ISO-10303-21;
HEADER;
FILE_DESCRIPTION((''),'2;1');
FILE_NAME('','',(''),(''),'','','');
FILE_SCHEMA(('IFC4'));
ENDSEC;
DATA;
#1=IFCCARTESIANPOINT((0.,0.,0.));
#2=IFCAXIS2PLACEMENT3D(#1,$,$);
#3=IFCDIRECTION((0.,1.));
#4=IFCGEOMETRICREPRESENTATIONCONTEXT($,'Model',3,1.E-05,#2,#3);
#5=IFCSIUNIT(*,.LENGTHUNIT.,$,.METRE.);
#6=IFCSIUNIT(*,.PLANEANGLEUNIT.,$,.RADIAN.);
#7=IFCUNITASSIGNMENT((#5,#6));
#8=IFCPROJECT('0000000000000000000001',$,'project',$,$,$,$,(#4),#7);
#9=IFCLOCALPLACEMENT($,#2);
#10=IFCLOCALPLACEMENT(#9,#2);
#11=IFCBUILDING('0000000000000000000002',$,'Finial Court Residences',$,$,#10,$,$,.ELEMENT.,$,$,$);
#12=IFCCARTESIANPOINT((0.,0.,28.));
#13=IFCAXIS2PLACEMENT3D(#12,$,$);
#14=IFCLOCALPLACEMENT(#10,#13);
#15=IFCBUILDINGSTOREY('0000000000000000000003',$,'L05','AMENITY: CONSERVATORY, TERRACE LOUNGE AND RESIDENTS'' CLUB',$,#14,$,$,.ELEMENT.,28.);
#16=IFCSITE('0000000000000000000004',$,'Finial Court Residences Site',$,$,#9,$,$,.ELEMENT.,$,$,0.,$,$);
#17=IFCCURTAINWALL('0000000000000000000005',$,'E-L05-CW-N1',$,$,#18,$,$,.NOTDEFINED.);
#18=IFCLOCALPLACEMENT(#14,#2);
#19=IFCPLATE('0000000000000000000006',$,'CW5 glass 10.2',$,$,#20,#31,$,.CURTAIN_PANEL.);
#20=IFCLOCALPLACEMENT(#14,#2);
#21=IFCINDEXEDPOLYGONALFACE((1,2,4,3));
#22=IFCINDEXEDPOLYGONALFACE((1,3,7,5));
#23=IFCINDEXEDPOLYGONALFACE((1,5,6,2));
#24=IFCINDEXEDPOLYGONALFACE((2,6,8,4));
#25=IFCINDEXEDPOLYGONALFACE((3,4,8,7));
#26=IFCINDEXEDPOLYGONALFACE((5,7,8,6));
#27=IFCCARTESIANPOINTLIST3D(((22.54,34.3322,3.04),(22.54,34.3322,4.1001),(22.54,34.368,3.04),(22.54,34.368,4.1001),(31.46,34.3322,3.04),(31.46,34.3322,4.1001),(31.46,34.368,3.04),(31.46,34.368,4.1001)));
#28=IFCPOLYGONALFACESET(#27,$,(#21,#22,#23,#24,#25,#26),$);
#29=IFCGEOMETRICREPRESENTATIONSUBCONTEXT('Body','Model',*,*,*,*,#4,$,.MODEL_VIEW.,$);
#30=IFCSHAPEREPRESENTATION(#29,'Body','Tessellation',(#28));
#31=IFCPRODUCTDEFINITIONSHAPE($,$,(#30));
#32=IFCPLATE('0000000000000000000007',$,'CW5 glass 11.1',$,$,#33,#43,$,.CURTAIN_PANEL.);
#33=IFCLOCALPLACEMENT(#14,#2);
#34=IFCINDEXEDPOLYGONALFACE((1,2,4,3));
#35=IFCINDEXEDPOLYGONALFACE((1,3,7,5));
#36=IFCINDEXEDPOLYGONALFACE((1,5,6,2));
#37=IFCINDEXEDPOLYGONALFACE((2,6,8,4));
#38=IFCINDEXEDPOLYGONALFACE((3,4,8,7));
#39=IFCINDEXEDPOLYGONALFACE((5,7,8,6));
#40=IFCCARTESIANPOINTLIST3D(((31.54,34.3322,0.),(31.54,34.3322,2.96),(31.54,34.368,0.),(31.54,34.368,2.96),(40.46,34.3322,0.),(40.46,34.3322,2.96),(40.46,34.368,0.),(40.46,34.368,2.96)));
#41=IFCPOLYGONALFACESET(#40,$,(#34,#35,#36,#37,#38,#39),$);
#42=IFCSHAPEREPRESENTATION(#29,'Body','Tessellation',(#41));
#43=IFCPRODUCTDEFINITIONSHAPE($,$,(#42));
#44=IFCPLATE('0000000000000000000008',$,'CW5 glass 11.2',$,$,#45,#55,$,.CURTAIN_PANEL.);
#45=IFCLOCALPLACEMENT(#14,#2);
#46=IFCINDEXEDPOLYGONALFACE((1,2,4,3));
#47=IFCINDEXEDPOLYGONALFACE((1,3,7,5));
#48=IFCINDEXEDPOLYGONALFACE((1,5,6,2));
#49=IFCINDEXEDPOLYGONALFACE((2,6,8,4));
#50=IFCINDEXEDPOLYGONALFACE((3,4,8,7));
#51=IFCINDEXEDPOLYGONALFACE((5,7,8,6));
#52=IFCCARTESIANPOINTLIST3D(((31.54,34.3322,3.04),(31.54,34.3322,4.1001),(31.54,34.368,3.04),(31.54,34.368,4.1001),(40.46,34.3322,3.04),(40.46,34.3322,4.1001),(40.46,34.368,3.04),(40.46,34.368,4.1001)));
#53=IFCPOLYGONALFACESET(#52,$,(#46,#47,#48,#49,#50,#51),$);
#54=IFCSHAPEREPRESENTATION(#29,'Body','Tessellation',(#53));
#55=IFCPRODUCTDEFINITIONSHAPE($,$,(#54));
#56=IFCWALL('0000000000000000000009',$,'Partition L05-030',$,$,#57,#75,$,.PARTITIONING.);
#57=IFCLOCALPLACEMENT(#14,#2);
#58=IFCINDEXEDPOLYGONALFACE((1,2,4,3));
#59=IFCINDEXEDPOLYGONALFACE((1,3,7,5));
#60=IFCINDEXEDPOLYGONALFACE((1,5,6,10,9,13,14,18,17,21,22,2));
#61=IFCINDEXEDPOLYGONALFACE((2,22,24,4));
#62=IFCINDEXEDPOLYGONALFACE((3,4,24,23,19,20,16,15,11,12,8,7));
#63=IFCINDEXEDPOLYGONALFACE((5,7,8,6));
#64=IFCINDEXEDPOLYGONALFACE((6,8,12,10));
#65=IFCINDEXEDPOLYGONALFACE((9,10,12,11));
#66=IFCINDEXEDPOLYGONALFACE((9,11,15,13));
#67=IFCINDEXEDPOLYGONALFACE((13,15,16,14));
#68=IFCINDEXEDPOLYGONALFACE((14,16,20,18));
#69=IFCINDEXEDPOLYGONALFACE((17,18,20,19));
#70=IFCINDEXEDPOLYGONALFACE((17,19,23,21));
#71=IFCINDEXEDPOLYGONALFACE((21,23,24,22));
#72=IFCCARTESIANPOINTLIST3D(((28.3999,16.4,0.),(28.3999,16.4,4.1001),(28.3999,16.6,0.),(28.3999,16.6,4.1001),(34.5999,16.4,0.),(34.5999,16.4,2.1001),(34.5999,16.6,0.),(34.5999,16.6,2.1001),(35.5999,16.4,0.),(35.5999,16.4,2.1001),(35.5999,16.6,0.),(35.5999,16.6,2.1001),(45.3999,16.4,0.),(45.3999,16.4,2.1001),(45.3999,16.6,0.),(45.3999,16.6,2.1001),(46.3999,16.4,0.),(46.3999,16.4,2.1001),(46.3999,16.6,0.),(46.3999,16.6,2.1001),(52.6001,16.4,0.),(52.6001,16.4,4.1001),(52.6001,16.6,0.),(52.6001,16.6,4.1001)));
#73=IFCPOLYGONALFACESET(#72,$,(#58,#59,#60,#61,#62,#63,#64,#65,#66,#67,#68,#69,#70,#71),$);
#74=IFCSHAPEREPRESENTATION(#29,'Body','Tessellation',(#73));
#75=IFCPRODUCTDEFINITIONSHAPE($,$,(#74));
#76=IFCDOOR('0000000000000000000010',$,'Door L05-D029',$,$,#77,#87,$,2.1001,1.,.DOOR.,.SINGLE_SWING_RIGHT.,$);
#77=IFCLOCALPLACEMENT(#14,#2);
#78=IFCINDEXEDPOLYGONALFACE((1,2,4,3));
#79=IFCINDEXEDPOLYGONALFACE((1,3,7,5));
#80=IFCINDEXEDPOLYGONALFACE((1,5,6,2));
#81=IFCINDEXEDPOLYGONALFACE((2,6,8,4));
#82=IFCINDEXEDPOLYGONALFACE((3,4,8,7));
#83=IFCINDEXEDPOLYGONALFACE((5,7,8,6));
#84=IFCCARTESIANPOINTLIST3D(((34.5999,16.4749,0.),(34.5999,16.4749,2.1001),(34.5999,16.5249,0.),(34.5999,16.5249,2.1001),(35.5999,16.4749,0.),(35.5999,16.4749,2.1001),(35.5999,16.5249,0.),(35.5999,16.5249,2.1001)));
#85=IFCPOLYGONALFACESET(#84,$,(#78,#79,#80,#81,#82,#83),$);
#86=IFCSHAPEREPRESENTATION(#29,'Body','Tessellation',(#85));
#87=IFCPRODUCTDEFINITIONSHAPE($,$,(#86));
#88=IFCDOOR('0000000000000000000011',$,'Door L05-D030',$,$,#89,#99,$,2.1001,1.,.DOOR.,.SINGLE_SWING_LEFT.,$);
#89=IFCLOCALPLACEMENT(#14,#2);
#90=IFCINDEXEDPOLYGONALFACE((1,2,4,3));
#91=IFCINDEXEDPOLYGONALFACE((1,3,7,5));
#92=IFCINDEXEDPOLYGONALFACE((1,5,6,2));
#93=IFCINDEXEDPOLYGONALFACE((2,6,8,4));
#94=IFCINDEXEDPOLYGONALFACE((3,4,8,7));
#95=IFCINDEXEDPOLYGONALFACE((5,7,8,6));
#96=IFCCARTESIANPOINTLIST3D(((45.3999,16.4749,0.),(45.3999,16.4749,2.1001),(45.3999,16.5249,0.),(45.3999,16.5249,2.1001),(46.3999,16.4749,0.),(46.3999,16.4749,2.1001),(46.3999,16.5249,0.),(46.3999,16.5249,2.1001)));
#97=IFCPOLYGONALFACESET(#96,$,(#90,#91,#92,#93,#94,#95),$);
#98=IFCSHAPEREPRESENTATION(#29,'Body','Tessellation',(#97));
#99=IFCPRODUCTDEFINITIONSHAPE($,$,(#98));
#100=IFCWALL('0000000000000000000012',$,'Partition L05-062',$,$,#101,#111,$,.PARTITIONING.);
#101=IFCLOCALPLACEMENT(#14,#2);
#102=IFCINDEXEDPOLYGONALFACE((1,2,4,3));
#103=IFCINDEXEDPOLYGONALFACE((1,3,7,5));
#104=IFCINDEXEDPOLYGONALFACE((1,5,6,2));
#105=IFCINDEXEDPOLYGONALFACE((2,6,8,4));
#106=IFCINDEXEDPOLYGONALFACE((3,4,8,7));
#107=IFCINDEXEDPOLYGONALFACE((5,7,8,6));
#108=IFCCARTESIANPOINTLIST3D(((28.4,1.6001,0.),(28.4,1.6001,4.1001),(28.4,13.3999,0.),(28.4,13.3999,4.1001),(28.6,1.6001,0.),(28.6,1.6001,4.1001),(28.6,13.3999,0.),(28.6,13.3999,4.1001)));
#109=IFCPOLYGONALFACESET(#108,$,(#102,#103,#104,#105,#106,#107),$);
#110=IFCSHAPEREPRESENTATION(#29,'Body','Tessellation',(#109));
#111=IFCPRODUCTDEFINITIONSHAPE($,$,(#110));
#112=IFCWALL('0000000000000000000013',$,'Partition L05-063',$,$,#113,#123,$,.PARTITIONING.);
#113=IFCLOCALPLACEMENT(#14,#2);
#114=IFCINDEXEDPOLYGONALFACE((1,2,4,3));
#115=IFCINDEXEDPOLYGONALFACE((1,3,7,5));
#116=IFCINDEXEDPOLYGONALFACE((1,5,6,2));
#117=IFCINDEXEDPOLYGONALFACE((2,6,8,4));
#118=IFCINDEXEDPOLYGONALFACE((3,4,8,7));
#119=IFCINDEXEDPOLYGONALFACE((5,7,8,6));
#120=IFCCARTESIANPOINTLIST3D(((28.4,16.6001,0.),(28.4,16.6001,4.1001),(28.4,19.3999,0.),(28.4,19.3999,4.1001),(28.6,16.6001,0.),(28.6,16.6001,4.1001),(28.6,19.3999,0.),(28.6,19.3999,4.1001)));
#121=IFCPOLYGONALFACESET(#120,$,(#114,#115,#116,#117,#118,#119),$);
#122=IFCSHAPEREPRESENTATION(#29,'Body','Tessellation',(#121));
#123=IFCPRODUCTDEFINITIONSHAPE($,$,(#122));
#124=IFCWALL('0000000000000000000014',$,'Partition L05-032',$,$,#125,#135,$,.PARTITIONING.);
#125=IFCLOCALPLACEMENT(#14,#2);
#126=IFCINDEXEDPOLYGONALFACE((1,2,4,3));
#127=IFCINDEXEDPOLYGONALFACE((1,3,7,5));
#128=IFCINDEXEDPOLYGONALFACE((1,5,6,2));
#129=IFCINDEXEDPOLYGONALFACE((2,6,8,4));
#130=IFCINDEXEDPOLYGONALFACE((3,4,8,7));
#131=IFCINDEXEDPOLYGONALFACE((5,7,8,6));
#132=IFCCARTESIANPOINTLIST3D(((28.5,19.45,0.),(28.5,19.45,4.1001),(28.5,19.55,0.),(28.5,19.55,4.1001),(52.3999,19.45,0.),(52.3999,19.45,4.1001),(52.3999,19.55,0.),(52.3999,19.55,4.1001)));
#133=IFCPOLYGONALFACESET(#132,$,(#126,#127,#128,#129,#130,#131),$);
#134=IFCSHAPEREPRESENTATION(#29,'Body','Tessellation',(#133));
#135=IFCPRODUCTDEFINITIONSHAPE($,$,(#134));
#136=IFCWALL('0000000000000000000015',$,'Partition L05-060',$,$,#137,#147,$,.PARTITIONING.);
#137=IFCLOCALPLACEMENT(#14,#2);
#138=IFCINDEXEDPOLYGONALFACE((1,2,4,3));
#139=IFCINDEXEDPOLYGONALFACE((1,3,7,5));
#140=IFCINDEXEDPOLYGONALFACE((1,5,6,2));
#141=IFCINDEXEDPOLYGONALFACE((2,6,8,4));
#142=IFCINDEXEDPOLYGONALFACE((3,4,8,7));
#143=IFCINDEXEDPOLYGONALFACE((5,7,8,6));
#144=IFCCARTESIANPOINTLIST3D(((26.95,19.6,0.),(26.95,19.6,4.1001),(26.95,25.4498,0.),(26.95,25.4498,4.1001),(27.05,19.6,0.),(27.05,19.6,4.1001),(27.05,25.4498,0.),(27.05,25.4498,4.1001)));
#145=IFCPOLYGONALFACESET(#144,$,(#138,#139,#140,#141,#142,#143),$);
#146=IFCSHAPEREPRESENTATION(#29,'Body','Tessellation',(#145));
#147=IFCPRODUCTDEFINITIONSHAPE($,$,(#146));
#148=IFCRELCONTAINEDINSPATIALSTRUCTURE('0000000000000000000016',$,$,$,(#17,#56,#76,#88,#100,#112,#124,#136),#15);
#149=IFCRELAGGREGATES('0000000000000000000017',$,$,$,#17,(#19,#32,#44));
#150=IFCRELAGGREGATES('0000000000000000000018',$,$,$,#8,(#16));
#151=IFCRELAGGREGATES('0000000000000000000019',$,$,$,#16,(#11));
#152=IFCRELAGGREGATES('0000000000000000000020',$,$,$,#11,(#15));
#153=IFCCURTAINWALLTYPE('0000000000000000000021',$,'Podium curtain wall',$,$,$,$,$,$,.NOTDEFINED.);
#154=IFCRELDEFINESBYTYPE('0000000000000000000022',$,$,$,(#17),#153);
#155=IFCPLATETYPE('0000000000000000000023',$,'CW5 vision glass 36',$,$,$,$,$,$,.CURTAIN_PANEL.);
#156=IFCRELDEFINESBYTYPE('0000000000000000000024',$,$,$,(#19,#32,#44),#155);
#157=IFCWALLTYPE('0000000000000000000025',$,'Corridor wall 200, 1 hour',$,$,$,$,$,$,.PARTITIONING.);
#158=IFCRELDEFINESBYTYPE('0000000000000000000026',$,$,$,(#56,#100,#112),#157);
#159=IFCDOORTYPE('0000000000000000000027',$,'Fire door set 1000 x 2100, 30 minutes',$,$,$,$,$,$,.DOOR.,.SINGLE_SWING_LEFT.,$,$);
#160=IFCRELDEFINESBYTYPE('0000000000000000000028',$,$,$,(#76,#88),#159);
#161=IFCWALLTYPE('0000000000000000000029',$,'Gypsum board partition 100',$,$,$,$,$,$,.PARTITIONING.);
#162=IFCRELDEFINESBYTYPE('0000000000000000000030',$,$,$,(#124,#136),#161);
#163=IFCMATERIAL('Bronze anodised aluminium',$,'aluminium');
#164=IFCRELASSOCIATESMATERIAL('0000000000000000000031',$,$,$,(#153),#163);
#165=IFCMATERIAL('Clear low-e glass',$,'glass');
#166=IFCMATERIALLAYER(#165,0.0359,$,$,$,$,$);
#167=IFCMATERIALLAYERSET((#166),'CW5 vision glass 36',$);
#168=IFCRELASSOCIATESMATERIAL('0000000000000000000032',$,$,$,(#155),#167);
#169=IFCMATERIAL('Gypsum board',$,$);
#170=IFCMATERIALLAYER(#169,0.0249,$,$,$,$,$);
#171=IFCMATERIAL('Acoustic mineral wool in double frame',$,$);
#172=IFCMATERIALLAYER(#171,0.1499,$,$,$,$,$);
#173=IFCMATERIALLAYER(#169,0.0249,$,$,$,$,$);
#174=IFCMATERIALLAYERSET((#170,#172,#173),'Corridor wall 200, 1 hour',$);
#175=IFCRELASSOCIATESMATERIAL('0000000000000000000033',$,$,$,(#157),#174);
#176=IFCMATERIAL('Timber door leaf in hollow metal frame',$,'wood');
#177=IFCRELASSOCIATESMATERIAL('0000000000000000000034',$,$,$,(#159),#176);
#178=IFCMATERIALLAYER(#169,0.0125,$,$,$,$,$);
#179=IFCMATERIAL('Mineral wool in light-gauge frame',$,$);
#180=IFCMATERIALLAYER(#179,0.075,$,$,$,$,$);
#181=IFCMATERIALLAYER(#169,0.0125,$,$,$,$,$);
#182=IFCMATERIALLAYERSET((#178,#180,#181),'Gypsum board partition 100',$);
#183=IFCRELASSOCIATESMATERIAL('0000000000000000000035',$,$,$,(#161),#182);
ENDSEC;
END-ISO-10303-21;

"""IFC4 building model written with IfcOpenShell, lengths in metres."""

from ifc_helpers import new_model, si_unit, direction, frame, frame_2d, origin, origin_2d, place, context, subcontext, project, spatial, rectangle, extrude, material, layer, layer_set, type_object, element, fill, aggregate, save


model = new_model("IFC4")

# Units and contexts
model_context = context("Model", 3, precision=1e-05, world=origin(), true_north=direction((0.0, 1.0)))
body_context = subcontext(model_context, "Body", "Model", "MODEL_VIEW")
ifc_project = project(units=[si_unit("LENGTHUNIT", "METRE"), si_unit("PLANEANGLEUNIT", "RADIAN")], contexts=[model_context])

# Site, building, storey
site_placement = place(None, origin())
site = spatial("IfcSite", under=ifc_project, at=site_placement, Name="Finial Court Residences Site", CompositionType="ELEMENT", RefElevation=0.0)
building_placement = place(site_placement, origin())
building = spatial("IfcBuilding", under=site, at=building_placement, Name="Finial Court Residences", CompositionType="ELEMENT")
storey_placement = place(building_placement, frame((0.0, 0.0, 28.0)))
storey = spatial("IfcBuildingStorey", under=building, at=storey_placement, Name="L05", Description="AMENITY: CONSERVATORY, TERRACE LOUNGE AND RESIDENTS' CLUB", CompositionType="ELEMENT", Elevation=28.0)

# Curtain wall, plates
ifc_material_1 = material(Name="Bronze anodised aluminium", Category="aluminium")
curtain_wall_type = type_object("IfcCurtainWallType", Name="Podium curtain wall", PredefinedType="NOTDEFINED", material=ifc_material_1)
curtain_wall_placement = place(storey_placement, origin())
curtain_wall = element("IfcCurtainWall", 1, at=curtain_wall_placement, inside=storey, type_object=curtain_wall_type, Name="E-L05-CW-N1", PredefinedType="NOTDEFINED")
ifc_material_2 = material(Name="Clear low-e glass", Category="glass")
ifc_layer_1 = layer(ifc_material_2, 0.0359)
ifc_layer_set_1 = layer_set([ifc_layer_1], Name="CW5 vision glass 36")
plate_type = type_object("IfcPlateType", Name="CW5 vision glass 36", PredefinedType="CURTAIN_PANEL", material=ifc_layer_set_1)
plate_1_placement = place(storey_placement, frame((27.0, 34.3501, 3.04), z_axis=(0.0, 0.0, 1.0), x_axis=(1.0, 0.0, 0.0)))
plate_1 = element("IfcPlate", 2, at=plate_1_placement, type_object=plate_type, Name="CW5 glass 10.2", PredefinedType="CURTAIN_PANEL", context=body_context, shape_type="SweptSolid", body=[
    extrude(rectangle(XDim=8.9199, YDim=0.0359, at=origin_2d()), origin(), (0.0, 0.0, 1.0), 1.0601),
])
plate_2_placement = place(storey_placement, frame((36.0, 34.3501, 0.0), z_axis=(0.0, 0.0, 1.0), x_axis=(1.0, 0.0, 0.0)))
plate_2 = element("IfcPlate", 3, at=plate_2_placement, type_object=plate_type, Name="CW5 glass 11.1", PredefinedType="CURTAIN_PANEL", context=body_context, shape_type="SweptSolid", body=[
    extrude(rectangle(XDim=8.9199, YDim=0.0359, at=origin_2d()), origin(), (0.0, 0.0, 1.0), 2.96),
])
plate_3_placement = place(storey_placement, frame((36.0, 34.3501, 3.04), z_axis=(0.0, 0.0, 1.0), x_axis=(1.0, 0.0, 0.0)))
plate_3 = element("IfcPlate", 4, at=plate_3_placement, type_object=plate_type, Name="CW5 glass 11.2", PredefinedType="CURTAIN_PANEL", context=body_context, shape_type="SweptSolid", body=[
    extrude(rectangle(XDim=8.9199, YDim=0.0359, at=origin_2d()), origin(), (0.0, 0.0, 1.0), 1.0601),
])
aggregate(curtain_wall, [plate_1, plate_2, plate_3])

# Wall, openings, doors
ifc_material_3 = material(Name="Gypsum board")
ifc_layer_2 = layer(ifc_material_3, 0.0249)
ifc_material_4 = material(Name="Acoustic mineral wool in double frame")
ifc_layer_3 = layer(ifc_material_4, 0.1499)
ifc_layer_4 = layer(ifc_material_3, 0.0249)
ifc_layer_set_2 = layer_set([ifc_layer_2, ifc_layer_3, ifc_layer_4], Name="Corridor wall 200, 1 hour")
wall_type_1 = type_object("IfcWallType", Name="Corridor wall 200, 1 hour", PredefinedType="PARTITIONING", material=ifc_layer_set_2)
wall_1_placement = place(storey_placement, frame((28.3999, 16.5, 0.0), z_axis=(0.0, 0.0, 1.0), x_axis=(1.0, 0.0, 0.0)))
wall_1 = element("IfcWall", 5, at=wall_1_placement, inside=storey, type_object=wall_type_1, Name="Partition L05-030", PredefinedType="PARTITIONING", context=body_context, shape_type="SweptSolid", body=[
    extrude(rectangle(XDim=24.2002, YDim=0.2, at=frame_2d((12.1001, 0.0))), origin(), (0.0, 0.0, 1.0), 4.1001),
])
opening_1_placement = place(wall_1_placement, frame((6.2, 0.0, 0.0)))
opening_1 = element("IfcOpeningElement", 6, at=opening_1_placement, cuts=wall_1, PredefinedType="OPENING", context=body_context, shape_type="SweptSolid", body=[
    extrude(rectangle(XDim=1.0, YDim=2.1001, at=frame_2d((0.5, 1.05))), frame((0.0, 0.1099, 0.0), z_axis=(0.0, -1.0, 0.0), x_axis=(1.0, 0.0, 0.0)), (0.0, 0.0, 1.0), 0.22),
])
opening_2_placement = place(wall_1_placement, frame((17.0, 0.0, 0.0)))
opening_2 = element("IfcOpeningElement", 7, at=opening_2_placement, cuts=wall_1, PredefinedType="OPENING", context=body_context, shape_type="SweptSolid", body=[
    extrude(rectangle(XDim=1.0, YDim=2.1001, at=frame_2d((0.5, 1.05))), frame((0.0, 0.1099, 0.0), z_axis=(0.0, -1.0, 0.0), x_axis=(1.0, 0.0, 0.0)), (0.0, 0.0, 1.0), 0.22),
])
ifc_material_5 = material(Name="Timber door leaf in hollow metal frame", Category="wood")
door_type = type_object("IfcDoorType", Name="Fire door set 1000 x 2100, 30 minutes", OperationType="SINGLE_SWING_LEFT", PredefinedType="DOOR", material=ifc_material_5)
door_1_placement = place(opening_1_placement, origin())
door_1 = element("IfcDoor", 8, at=door_1_placement, inside=storey, type_object=door_type, Name="Door L05-D029", OperationType="SINGLE_SWING_RIGHT", OverallHeight=2.1001, OverallWidth=1.0, PredefinedType="DOOR", context=body_context, shape_type="SweptSolid", body=[
    extrude(rectangle(XDim=1.0, YDim=2.1001, at=frame_2d((0.5, 1.05))), frame((0.0, 0.0249, 0.0), z_axis=(0.0, -1.0, 0.0), x_axis=(1.0, 0.0, 0.0)), (0.0, 0.0, 1.0), 0.05),
])
fill(opening_1, door_1)
door_2_placement = place(opening_2_placement, origin())
door_2 = element("IfcDoor", 9, at=door_2_placement, inside=storey, type_object=door_type, Name="Door L05-D030", OperationType="SINGLE_SWING_LEFT", OverallHeight=2.1001, OverallWidth=1.0, PredefinedType="DOOR", context=body_context, shape_type="SweptSolid", body=[
    extrude(rectangle(XDim=1.0, YDim=2.1001, at=frame_2d((0.5, 1.05))), frame((0.0, 0.0249, 0.0), z_axis=(0.0, -1.0, 0.0), x_axis=(1.0, 0.0, 0.0)), (0.0, 0.0, 1.0), 0.05),
])
fill(opening_2, door_2)

# Walls
wall_2_placement = place(storey_placement, frame((28.5, 1.6001, 0.0), z_axis=(0.0, 0.0, 1.0), x_axis=(0.0, 1.0, 0.0)))
element("IfcWall", 10, at=wall_2_placement, inside=storey, type_object=wall_type_1, Name="Partition L05-062", PredefinedType="PARTITIONING", context=body_context, shape_type="SweptSolid", body=[
    extrude(rectangle(XDim=11.7998, YDim=0.2, at=frame_2d((5.8999, 0.0))), origin(), (0.0, 0.0, 1.0), 4.1001),
])
wall_3_placement = place(storey_placement, frame((28.5, 16.6001, 0.0), z_axis=(0.0, 0.0, 1.0), x_axis=(0.0, 1.0, 0.0)))
element("IfcWall", 11, at=wall_3_placement, inside=storey, type_object=wall_type_1, Name="Partition L05-063", PredefinedType="PARTITIONING", context=body_context, shape_type="SweptSolid", body=[
    extrude(rectangle(XDim=2.7998, YDim=0.2, at=frame_2d((1.3999, 0.0))), origin(), (0.0, 0.0, 1.0), 4.1001),
])
ifc_layer_5 = layer(ifc_material_3, 0.0125)
ifc_material_6 = material(Name="Mineral wool in light-gauge frame")
ifc_layer_6 = layer(ifc_material_6, 0.075)
ifc_layer_7 = layer(ifc_material_3, 0.0125)
ifc_layer_set_3 = layer_set([ifc_layer_5, ifc_layer_6, ifc_layer_7], Name="Gypsum board partition 100")
wall_type_2 = type_object("IfcWallType", Name="Gypsum board partition 100", PredefinedType="PARTITIONING", material=ifc_layer_set_3)
wall_4_placement = place(storey_placement, frame((28.5, 19.5, 0.0), z_axis=(0.0, 0.0, 1.0), x_axis=(1.0, 0.0, 0.0)))
element("IfcWall", 12, at=wall_4_placement, inside=storey, type_object=wall_type_2, Name="Partition L05-032", PredefinedType="PARTITIONING", context=body_context, shape_type="SweptSolid", body=[
    extrude(rectangle(XDim=23.8999, YDim=0.1001, at=frame_2d((11.95, 0.0))), origin(), (0.0, 0.0, 1.0), 4.1001),
])
wall_5_placement = place(storey_placement, frame((27.0, 19.6001, 0.0), z_axis=(0.0, 0.0, 1.0), x_axis=(0.0, 1.0, 0.0)))
element("IfcWall", 13, at=wall_5_placement, inside=storey, type_object=wall_type_2, Name="Partition L05-060", PredefinedType="PARTITIONING", context=body_context, shape_type="SweptSolid", body=[
    extrude(rectangle(XDim=5.8499, YDim=0.1001, at=frame_2d((2.9248, 0.0))), origin(), (0.0, 0.0, 1.0), 4.1001),
])

save(model, "model.ifc")
